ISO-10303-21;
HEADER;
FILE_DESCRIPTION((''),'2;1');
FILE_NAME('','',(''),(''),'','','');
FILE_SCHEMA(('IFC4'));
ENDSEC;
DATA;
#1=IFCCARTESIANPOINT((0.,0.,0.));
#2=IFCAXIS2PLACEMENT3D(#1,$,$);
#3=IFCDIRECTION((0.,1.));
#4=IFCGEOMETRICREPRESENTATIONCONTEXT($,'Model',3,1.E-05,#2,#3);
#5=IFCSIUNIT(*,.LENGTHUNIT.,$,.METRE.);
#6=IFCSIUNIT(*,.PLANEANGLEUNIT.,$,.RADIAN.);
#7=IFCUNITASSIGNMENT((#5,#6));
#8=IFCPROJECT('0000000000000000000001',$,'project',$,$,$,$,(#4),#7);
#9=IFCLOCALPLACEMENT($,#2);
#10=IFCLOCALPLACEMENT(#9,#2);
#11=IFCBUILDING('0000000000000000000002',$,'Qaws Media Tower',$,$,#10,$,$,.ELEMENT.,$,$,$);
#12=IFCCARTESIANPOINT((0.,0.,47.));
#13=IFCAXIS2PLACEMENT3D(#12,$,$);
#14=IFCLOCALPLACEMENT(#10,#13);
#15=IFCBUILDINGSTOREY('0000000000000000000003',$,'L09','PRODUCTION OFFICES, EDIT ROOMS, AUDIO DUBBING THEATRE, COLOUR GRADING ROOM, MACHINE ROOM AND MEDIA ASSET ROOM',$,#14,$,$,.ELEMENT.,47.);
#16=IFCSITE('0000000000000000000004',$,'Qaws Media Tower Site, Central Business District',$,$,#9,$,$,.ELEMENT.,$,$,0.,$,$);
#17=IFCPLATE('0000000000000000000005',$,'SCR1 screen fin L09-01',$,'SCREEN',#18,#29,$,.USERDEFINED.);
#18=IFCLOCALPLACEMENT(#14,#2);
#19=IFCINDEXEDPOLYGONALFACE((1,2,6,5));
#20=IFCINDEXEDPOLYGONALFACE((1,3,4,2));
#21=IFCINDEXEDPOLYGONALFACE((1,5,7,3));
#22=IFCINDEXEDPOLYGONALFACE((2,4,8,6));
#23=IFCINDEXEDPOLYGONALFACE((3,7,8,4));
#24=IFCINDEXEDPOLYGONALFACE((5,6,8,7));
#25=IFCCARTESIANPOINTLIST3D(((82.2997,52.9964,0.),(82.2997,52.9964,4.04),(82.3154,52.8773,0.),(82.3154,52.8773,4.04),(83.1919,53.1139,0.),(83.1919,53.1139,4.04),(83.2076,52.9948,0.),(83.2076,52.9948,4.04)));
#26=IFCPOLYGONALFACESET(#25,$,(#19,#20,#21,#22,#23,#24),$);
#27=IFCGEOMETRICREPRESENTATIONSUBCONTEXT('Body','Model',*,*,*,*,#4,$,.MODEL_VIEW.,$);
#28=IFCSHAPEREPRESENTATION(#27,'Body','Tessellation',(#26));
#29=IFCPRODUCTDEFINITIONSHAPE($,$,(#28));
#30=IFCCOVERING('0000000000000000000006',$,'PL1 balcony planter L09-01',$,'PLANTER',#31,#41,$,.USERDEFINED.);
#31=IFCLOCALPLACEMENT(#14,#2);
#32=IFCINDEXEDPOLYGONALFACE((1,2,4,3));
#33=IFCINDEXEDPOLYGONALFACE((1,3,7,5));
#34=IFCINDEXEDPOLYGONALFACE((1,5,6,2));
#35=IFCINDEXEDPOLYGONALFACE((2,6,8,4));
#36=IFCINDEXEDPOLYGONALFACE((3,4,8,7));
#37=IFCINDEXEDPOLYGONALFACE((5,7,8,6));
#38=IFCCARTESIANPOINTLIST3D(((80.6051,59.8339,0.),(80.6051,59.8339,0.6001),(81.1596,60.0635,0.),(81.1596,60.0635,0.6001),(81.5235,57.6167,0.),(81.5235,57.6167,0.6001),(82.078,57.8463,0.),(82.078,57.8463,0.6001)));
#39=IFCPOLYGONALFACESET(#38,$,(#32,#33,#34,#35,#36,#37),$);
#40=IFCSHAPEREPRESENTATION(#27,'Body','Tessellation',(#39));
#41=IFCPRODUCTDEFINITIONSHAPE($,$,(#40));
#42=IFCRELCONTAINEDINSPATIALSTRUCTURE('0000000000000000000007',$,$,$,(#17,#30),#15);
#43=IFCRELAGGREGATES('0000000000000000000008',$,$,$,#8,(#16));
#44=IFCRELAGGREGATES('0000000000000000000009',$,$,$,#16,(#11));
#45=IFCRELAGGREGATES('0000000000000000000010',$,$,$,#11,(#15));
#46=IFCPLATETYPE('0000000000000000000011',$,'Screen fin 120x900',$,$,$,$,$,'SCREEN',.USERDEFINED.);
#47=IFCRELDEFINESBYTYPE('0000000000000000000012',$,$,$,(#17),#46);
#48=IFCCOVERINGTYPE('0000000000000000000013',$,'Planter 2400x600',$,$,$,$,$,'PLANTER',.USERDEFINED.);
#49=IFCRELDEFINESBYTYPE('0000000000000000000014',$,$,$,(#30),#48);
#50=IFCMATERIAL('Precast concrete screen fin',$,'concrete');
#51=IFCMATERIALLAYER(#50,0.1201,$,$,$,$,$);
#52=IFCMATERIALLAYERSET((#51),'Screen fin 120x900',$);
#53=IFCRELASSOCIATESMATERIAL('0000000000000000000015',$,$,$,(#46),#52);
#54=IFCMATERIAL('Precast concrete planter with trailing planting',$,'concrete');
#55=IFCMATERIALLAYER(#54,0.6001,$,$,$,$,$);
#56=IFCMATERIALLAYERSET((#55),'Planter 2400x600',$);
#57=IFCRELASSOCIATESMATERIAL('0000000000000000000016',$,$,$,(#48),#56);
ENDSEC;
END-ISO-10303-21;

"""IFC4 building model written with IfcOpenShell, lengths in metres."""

from ifc_helpers import new_model, si_unit, direction, frame, origin, origin_2d, place, context, subcontext, project, spatial, rectangle, extrude, material, layer, layer_set, type_object, element, save


model = new_model("IFC4")

# Units and contexts
model_context = context("Model", 3, precision=1e-05, world=origin(), true_north=direction((0.0, 1.0)))
body_context = subcontext(model_context, "Body", "Model", "MODEL_VIEW")
ifc_project = project(units=[si_unit("LENGTHUNIT", "METRE"), si_unit("PLANEANGLEUNIT", "RADIAN")], contexts=[model_context])

# Site, building, storey
site_placement = place(None, origin())
site = spatial("IfcSite", under=ifc_project, at=site_placement, Name="Qaws Media Tower Site, Central Business District", CompositionType="ELEMENT", RefElevation=0.0)
building_placement = place(site_placement, origin())
building = spatial("IfcBuilding", under=site, at=building_placement, Name="Qaws Media Tower", CompositionType="ELEMENT")
storey_placement = place(building_placement, frame((0.0, 0.0, 47.0)))
storey = spatial("IfcBuildingStorey", under=building, at=storey_placement, Name="L09", Description="PRODUCTION OFFICES, EDIT ROOMS, AUDIO DUBBING THEATRE, COLOUR GRADING ROOM, MACHINE ROOM AND MEDIA ASSET ROOM", CompositionType="ELEMENT", Elevation=47.0)

# Plate
ifc_material_1 = material(Name="Precast concrete screen fin", Category="concrete")
ifc_layer_1 = layer(ifc_material_1, 0.1201)
ifc_layer_set_1 = layer_set([ifc_layer_1], Name="Screen fin 120x900")
plate_type_1 = type_object("IfcPlateType", Name="Screen fin 120x900", ElementType="SCREEN", PredefinedType="USERDEFINED", material=ifc_layer_set_1)
plate_1_placement = place(storey_placement, frame((82.7537, 52.9956, 0.0), z_axis=(0.0, 0.0, 1.0), x_axis=(0.991445, 0.130526, 0.0)))
element("IfcPlate", 1, at=plate_1_placement, inside=storey, type_object=plate_type_1, Name="SCR1 screen fin L09-01", ObjectType="SCREEN", PredefinedType="USERDEFINED", context=body_context, shape_type="SweptSolid", body=[
    extrude(rectangle(XDim=0.8999, YDim=0.1201, at=origin_2d()), origin(), (0.0, 0.0, 1.0), 4.04),
])

# Covering
ifc_material_2 = material(Name="Precast concrete planter with trailing planting", Category="concrete")
ifc_layer_2 = layer(ifc_material_2, 0.6001)
ifc_layer_set_2 = layer_set([ifc_layer_2], Name="Planter 2400x600")
covering_type = type_object("IfcCoveringType", Name="Planter 2400x600", ElementType="PLANTER", PredefinedType="USERDEFINED", material=ifc_layer_set_2)
covering_placement = place(storey_placement, frame((81.3416, 58.8401, 0.0), z_axis=(0.0, 0.0, 1.0), x_axis=(-0.382683, 0.92388, 0.0)))
element("IfcCovering", 2, at=covering_placement, inside=storey, type_object=covering_type, Name="PL1 balcony planter L09-01", ObjectType="PLANTER", PredefinedType="USERDEFINED", context=body_context, shape_type="SweptSolid", body=[
    extrude(rectangle(XDim=2.3999, YDim=0.6001, at=origin_2d()), origin(), (0.0, 0.0, 1.0), 0.6001),
])

save(model, "model.ifc")
